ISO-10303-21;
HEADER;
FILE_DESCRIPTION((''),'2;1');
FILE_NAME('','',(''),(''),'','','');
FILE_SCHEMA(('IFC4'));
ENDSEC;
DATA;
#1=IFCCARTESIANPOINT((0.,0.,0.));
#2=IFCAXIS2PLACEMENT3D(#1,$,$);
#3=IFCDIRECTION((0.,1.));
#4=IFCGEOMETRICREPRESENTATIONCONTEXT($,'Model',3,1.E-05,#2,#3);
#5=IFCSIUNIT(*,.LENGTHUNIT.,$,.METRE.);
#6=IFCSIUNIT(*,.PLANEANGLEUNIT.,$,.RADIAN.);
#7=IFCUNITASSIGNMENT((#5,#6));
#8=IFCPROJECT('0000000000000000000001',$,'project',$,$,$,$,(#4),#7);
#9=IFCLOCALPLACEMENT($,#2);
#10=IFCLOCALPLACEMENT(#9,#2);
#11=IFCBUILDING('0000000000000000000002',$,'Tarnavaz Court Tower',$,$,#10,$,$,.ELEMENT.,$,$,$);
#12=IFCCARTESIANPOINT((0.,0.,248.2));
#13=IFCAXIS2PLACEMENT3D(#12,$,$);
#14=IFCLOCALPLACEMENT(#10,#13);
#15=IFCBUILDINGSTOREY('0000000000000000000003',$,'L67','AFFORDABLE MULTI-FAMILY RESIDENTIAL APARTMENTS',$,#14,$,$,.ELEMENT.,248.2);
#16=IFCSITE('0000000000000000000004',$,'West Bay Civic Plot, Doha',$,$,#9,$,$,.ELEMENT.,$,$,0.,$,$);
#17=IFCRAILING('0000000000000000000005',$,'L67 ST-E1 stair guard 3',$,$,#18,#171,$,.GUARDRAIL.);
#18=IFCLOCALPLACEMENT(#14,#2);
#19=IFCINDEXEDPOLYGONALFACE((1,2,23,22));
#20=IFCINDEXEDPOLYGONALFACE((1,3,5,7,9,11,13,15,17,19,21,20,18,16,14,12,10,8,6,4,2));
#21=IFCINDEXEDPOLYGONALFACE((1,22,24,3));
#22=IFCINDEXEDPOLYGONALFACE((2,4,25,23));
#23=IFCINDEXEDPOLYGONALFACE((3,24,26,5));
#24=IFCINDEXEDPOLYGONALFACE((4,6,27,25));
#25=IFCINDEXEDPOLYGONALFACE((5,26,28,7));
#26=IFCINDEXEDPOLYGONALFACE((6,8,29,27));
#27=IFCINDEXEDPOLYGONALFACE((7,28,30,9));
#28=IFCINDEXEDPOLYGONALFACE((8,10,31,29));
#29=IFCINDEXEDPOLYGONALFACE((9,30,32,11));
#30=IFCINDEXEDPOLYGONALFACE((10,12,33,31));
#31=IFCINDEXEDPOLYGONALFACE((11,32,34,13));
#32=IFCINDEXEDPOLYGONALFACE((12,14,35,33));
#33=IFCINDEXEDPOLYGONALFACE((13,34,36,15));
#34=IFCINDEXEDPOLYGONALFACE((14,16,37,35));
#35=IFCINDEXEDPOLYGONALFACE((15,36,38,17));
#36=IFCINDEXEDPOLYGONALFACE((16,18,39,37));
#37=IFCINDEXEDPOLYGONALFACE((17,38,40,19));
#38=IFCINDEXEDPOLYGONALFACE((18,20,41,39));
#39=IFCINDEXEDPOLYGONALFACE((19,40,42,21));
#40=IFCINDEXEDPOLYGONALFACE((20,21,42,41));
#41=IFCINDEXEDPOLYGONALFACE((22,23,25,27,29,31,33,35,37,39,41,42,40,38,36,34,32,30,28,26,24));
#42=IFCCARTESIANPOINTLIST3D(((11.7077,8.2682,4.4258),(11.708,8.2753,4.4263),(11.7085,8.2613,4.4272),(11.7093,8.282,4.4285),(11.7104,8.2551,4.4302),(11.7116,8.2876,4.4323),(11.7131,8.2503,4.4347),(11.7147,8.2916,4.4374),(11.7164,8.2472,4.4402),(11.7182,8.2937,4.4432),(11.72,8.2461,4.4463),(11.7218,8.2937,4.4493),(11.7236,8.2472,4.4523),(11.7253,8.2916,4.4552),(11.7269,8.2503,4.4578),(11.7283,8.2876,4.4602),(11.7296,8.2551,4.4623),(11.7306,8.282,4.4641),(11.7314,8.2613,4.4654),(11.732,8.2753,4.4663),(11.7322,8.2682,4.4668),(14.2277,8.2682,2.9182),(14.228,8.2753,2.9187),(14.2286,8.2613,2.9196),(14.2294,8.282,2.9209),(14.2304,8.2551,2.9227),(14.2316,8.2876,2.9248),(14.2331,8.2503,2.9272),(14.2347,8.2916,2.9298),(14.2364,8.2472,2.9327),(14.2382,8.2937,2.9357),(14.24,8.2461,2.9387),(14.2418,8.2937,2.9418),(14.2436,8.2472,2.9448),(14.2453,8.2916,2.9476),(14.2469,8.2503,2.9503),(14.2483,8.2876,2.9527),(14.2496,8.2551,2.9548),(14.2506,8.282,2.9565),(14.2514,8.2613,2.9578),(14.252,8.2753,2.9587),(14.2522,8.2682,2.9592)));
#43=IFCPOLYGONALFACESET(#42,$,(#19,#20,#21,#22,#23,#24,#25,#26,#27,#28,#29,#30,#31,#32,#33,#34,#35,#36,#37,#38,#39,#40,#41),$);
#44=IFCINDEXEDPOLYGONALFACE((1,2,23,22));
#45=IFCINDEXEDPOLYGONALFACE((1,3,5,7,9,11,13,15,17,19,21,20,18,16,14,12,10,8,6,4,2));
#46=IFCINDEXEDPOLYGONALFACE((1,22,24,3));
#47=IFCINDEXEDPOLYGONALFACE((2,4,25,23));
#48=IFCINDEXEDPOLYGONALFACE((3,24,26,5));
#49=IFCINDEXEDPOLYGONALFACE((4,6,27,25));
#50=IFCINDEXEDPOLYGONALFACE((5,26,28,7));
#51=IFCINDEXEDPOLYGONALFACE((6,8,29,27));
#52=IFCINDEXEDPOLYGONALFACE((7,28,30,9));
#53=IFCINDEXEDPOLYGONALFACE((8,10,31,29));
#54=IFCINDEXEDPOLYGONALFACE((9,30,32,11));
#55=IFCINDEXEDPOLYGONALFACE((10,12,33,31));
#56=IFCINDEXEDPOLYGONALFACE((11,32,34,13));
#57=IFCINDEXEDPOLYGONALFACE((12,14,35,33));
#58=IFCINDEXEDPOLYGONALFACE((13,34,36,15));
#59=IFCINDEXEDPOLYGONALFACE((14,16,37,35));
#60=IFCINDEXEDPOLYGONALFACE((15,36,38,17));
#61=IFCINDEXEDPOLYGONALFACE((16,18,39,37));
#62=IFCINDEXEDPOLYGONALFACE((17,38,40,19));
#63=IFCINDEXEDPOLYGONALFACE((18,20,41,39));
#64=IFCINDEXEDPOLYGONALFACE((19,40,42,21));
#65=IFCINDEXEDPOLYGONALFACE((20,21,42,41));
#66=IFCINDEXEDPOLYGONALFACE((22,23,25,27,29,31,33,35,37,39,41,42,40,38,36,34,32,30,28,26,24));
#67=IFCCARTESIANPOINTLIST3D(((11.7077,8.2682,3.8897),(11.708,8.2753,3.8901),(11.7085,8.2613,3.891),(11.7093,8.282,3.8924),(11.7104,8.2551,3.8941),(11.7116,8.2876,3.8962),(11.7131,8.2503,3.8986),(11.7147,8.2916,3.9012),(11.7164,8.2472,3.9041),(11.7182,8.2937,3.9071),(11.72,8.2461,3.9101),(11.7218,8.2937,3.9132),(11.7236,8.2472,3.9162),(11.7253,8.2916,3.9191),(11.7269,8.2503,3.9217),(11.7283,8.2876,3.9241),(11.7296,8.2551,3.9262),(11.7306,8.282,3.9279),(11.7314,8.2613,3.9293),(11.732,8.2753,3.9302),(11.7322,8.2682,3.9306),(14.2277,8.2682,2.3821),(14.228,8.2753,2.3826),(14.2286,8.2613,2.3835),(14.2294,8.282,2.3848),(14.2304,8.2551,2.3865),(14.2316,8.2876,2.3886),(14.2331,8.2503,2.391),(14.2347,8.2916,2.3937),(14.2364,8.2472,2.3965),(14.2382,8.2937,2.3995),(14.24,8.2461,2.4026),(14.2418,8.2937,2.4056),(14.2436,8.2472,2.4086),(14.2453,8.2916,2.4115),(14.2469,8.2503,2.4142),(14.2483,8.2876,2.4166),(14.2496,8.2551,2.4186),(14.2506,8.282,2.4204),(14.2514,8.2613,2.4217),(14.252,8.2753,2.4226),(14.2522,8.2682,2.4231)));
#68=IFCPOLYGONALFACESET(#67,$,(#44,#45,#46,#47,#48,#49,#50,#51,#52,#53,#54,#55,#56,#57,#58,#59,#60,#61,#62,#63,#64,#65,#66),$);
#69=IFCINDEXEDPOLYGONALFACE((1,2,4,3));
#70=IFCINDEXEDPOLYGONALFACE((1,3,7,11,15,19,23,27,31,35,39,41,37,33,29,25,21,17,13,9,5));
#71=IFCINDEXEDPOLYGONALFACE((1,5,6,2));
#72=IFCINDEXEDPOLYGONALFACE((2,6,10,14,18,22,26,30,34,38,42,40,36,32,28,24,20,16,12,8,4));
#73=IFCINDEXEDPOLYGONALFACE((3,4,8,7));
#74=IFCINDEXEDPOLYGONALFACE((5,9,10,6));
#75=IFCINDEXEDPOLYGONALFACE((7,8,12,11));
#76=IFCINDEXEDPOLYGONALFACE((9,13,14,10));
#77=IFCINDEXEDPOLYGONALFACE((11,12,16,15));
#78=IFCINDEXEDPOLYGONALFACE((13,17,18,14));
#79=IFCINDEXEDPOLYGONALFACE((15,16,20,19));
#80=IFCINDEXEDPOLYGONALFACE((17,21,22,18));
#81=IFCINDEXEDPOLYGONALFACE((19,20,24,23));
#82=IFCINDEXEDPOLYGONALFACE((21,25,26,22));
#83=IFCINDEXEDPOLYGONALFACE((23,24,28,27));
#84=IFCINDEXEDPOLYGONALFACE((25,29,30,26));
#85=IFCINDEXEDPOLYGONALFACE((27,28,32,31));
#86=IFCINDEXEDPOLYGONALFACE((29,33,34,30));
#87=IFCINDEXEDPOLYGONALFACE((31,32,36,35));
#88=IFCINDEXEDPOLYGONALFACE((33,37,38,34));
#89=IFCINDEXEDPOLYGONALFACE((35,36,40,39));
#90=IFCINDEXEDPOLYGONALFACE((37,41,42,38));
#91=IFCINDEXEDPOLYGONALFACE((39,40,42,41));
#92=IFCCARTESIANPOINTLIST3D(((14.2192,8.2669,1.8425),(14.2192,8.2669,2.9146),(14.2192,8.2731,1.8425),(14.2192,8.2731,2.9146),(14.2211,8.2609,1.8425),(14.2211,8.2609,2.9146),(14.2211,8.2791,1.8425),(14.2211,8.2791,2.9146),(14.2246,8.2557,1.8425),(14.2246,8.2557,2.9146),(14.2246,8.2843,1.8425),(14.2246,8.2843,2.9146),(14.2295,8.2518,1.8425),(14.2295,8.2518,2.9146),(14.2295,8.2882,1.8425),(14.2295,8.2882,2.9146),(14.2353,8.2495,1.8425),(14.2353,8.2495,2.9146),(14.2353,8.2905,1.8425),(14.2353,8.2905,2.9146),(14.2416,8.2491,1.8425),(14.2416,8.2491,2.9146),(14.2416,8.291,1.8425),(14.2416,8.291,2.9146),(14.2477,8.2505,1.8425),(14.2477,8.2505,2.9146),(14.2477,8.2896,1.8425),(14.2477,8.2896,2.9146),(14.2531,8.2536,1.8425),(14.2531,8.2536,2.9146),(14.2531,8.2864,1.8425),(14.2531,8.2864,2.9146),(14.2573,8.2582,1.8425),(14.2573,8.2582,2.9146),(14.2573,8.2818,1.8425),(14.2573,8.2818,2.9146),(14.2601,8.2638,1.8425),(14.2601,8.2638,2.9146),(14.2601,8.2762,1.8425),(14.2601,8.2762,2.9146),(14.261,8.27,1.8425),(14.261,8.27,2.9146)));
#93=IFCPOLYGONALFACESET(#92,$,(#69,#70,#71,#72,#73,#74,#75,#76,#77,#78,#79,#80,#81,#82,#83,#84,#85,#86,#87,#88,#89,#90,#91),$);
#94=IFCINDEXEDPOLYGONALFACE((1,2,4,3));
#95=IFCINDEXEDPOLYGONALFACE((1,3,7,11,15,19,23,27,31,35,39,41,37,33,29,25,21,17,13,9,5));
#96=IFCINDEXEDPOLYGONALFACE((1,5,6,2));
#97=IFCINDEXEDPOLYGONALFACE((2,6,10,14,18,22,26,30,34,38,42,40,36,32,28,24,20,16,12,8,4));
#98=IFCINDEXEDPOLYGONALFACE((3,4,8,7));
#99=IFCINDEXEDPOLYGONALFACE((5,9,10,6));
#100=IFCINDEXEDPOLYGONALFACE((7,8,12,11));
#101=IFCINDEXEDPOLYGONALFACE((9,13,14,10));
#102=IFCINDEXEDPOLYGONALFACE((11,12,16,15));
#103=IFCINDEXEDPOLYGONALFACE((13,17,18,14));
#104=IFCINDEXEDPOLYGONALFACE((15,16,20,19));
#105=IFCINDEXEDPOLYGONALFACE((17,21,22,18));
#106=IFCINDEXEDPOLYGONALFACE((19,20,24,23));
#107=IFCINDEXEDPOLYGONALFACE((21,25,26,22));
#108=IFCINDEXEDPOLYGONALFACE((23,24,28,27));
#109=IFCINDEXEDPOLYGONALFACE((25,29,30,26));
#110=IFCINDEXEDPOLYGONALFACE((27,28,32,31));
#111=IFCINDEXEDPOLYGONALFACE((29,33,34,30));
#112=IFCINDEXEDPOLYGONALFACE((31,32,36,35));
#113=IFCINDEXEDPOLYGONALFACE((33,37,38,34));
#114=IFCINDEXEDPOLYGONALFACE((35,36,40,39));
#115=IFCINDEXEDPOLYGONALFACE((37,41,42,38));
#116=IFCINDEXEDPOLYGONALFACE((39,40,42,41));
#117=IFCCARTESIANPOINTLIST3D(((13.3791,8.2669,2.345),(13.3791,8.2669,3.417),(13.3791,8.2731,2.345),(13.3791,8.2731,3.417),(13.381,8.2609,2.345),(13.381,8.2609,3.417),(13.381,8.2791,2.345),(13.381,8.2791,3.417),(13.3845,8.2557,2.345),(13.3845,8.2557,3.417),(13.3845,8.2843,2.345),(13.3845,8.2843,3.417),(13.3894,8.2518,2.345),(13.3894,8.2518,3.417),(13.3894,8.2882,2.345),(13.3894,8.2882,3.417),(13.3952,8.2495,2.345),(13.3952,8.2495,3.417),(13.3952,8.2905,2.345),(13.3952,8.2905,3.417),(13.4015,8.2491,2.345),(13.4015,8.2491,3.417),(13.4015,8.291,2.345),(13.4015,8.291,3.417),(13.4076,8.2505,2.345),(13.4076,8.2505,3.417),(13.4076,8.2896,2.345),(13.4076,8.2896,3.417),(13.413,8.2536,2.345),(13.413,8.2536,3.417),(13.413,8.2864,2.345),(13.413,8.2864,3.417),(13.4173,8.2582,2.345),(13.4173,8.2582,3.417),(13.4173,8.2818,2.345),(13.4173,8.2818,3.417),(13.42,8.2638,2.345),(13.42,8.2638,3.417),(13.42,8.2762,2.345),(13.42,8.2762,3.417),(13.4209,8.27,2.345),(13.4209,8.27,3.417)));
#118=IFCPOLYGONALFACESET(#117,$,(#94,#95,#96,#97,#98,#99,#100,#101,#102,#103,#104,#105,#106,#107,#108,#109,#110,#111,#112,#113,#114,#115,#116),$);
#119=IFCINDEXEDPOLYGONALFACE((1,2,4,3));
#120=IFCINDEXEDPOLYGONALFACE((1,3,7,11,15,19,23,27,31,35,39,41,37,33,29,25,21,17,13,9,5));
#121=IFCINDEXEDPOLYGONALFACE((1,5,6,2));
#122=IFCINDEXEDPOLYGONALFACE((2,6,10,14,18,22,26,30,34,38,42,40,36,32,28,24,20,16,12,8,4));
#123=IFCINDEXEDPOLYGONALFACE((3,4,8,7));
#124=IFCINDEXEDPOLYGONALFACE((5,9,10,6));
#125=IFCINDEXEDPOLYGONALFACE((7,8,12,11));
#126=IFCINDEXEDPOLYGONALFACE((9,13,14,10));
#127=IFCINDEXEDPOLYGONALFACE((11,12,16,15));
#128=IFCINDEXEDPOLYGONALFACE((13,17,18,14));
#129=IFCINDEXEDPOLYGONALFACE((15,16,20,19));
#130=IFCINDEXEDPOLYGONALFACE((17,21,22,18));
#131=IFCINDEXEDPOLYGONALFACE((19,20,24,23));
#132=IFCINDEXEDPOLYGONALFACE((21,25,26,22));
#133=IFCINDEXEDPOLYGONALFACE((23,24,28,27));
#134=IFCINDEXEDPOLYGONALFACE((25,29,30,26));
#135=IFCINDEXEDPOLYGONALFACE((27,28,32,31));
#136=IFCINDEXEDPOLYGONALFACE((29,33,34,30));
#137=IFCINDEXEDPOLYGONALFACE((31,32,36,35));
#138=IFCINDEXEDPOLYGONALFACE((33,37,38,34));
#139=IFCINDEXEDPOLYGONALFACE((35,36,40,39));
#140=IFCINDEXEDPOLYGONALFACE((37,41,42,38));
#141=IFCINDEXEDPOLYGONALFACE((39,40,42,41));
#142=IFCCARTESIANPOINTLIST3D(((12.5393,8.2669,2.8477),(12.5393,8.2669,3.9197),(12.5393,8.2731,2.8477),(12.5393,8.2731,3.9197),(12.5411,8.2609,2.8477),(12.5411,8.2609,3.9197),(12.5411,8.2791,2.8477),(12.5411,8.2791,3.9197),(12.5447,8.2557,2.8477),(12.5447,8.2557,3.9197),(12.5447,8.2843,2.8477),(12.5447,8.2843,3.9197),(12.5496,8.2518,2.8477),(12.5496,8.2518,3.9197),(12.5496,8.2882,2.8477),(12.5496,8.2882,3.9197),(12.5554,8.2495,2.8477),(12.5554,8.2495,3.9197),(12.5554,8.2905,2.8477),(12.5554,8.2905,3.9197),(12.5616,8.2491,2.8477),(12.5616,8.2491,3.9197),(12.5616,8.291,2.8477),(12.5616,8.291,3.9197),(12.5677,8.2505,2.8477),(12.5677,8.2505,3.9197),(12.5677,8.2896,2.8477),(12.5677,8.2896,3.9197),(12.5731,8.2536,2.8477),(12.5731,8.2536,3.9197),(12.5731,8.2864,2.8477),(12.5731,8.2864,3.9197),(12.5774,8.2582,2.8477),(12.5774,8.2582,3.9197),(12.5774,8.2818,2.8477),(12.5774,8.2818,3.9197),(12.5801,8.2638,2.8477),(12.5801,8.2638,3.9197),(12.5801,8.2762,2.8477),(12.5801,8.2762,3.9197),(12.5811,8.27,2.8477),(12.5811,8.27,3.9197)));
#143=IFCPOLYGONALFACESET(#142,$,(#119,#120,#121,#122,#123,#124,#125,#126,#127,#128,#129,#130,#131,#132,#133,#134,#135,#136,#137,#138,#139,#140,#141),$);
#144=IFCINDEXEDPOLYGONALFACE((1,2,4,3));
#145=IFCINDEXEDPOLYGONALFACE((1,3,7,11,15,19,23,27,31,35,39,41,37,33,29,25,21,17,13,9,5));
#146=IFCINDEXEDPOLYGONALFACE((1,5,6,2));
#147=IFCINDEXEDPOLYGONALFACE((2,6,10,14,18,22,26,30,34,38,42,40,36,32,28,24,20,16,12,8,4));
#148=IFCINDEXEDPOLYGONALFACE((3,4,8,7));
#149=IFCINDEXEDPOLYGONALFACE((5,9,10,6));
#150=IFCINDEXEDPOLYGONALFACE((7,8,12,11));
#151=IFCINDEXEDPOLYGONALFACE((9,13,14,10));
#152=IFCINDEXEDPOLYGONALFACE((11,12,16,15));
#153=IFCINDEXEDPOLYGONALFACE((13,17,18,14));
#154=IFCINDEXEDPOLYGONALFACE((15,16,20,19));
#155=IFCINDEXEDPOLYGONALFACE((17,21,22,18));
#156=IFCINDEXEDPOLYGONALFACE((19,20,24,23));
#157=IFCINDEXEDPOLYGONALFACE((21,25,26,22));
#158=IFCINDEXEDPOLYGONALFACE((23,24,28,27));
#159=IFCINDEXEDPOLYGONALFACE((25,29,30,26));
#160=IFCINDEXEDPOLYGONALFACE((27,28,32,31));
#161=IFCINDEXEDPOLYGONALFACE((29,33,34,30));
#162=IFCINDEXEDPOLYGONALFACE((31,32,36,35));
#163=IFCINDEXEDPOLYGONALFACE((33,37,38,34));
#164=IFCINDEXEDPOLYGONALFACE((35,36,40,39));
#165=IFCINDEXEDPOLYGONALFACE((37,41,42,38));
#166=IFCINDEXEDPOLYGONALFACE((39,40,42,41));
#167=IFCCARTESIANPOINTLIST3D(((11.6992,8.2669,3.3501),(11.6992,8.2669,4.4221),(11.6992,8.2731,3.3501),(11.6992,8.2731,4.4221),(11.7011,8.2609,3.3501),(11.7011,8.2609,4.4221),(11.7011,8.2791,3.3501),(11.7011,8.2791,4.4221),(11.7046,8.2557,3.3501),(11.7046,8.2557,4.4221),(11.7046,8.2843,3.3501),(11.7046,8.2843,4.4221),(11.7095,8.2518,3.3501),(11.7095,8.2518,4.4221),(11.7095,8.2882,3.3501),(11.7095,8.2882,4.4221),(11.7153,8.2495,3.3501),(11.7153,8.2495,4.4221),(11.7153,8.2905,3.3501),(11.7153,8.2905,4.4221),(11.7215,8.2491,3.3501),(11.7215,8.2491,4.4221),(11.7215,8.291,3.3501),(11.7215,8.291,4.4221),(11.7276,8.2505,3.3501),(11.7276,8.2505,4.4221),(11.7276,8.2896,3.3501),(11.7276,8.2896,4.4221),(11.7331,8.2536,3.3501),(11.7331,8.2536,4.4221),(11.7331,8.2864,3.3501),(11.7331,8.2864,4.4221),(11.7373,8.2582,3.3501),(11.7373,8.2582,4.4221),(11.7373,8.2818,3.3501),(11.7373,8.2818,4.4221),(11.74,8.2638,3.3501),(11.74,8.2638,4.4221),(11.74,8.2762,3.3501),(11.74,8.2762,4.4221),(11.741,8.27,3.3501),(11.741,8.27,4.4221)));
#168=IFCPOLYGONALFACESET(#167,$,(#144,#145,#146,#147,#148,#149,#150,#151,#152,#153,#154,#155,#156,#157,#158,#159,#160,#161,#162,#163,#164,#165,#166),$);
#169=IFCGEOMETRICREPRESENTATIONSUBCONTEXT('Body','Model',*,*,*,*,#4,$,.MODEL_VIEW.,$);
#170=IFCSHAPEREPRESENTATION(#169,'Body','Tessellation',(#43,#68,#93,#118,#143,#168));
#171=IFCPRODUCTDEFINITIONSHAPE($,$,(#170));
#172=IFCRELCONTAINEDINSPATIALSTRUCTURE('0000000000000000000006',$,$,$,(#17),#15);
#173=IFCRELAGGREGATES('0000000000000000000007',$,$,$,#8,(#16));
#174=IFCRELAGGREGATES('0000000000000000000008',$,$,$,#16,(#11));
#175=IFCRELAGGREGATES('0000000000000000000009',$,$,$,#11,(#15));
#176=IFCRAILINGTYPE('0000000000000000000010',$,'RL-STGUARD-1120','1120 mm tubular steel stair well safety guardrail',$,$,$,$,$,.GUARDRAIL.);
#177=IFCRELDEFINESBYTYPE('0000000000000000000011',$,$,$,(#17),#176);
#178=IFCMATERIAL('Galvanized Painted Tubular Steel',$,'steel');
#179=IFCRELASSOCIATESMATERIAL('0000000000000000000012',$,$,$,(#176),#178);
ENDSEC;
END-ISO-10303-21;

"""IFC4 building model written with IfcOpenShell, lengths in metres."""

from ifc_helpers import new_model, si_unit, direction, frame, origin, origin_2d, place, context, subcontext, project, spatial, circle, extrude, material, type_object, element, save


model = new_model("IFC4")

# Units and contexts
model_context = context("Model", 3, precision=1e-05, world=origin(), true_north=direction((0.0, 1.0)))
body_context = subcontext(model_context, "Body", "Model", "MODEL_VIEW")
ifc_project = project(units=[si_unit("LENGTHUNIT", "METRE"), si_unit("PLANEANGLEUNIT", "RADIAN")], contexts=[model_context])

# Site, building, storey
site_placement = place(None, origin())
site = spatial("IfcSite", under=ifc_project, at=site_placement, Name="West Bay Civic Plot, Doha", CompositionType="ELEMENT", RefElevation=0.0)
building_placement = place(site_placement, origin())
building = spatial("IfcBuilding", under=site, at=building_placement, Name="Tarnavaz Court Tower", CompositionType="ELEMENT")
storey_placement = place(building_placement, frame((0.0, 0.0, 248.2)))
storey = spatial("IfcBuildingStorey", under=building, at=storey_placement, Name="L67", Description="AFFORDABLE MULTI-FAMILY RESIDENTIAL APARTMENTS", CompositionType="ELEMENT", Elevation=248.2)

# Railing
ifc_material_1 = material(Name="Galvanized Painted Tubular Steel", Category="steel")
railing_type_1 = type_object("IfcRailingType", Name="RL-STGUARD-1120", Description="1120 mm tubular steel stair well safety guardrail", PredefinedType="GUARDRAIL", material=ifc_material_1)
railing_1_placement = place(storey_placement, frame((14.24, 8.27, 1.8425)))
element("IfcRailing", 1, at=railing_1_placement, inside=storey, type_object=railing_type_1, Name="L67 ST-E1 stair guard 3", PredefinedType="GUARDRAIL", context=body_context, shape_type="SweptSolid", body=[
    extrude(circle(Radius=0.0239, at=origin_2d()), frame((0.0, 0.0, 1.0962), z_axis=(-0.85816, 0.0, 0.513383), x_axis=(0.0, -1.0, 0.0)), (0.0, 0.0, 1.0), 2.9365),
    extrude(circle(Radius=0.0239, at=origin_2d()), frame((0.0, 0.0, 0.5601), z_axis=(-0.85816, 0.0, 0.513383), x_axis=(0.0, -1.0, 0.0)), (0.0, 0.0, 1.0), 2.9365),
    extrude(circle(Radius=0.021, at=origin_2d()), origin(), (0.0, 0.0, 1.0), 1.072),
    extrude(circle(Radius=0.021, at=origin_2d()), frame((-0.8401, 0.0, 0.5024)), (0.0, 0.0, 1.0), 1.072),
    extrude(circle(Radius=0.021, at=origin_2d()), frame((-1.6799, 0.0, 1.0051)), (0.0, 0.0, 1.0), 1.072),
    extrude(circle(Radius=0.021, at=origin_2d()), frame((-2.52, 0.0, 1.5076)), (0.0, 0.0, 1.0), 1.072),
])

save(model, "model.ifc")
